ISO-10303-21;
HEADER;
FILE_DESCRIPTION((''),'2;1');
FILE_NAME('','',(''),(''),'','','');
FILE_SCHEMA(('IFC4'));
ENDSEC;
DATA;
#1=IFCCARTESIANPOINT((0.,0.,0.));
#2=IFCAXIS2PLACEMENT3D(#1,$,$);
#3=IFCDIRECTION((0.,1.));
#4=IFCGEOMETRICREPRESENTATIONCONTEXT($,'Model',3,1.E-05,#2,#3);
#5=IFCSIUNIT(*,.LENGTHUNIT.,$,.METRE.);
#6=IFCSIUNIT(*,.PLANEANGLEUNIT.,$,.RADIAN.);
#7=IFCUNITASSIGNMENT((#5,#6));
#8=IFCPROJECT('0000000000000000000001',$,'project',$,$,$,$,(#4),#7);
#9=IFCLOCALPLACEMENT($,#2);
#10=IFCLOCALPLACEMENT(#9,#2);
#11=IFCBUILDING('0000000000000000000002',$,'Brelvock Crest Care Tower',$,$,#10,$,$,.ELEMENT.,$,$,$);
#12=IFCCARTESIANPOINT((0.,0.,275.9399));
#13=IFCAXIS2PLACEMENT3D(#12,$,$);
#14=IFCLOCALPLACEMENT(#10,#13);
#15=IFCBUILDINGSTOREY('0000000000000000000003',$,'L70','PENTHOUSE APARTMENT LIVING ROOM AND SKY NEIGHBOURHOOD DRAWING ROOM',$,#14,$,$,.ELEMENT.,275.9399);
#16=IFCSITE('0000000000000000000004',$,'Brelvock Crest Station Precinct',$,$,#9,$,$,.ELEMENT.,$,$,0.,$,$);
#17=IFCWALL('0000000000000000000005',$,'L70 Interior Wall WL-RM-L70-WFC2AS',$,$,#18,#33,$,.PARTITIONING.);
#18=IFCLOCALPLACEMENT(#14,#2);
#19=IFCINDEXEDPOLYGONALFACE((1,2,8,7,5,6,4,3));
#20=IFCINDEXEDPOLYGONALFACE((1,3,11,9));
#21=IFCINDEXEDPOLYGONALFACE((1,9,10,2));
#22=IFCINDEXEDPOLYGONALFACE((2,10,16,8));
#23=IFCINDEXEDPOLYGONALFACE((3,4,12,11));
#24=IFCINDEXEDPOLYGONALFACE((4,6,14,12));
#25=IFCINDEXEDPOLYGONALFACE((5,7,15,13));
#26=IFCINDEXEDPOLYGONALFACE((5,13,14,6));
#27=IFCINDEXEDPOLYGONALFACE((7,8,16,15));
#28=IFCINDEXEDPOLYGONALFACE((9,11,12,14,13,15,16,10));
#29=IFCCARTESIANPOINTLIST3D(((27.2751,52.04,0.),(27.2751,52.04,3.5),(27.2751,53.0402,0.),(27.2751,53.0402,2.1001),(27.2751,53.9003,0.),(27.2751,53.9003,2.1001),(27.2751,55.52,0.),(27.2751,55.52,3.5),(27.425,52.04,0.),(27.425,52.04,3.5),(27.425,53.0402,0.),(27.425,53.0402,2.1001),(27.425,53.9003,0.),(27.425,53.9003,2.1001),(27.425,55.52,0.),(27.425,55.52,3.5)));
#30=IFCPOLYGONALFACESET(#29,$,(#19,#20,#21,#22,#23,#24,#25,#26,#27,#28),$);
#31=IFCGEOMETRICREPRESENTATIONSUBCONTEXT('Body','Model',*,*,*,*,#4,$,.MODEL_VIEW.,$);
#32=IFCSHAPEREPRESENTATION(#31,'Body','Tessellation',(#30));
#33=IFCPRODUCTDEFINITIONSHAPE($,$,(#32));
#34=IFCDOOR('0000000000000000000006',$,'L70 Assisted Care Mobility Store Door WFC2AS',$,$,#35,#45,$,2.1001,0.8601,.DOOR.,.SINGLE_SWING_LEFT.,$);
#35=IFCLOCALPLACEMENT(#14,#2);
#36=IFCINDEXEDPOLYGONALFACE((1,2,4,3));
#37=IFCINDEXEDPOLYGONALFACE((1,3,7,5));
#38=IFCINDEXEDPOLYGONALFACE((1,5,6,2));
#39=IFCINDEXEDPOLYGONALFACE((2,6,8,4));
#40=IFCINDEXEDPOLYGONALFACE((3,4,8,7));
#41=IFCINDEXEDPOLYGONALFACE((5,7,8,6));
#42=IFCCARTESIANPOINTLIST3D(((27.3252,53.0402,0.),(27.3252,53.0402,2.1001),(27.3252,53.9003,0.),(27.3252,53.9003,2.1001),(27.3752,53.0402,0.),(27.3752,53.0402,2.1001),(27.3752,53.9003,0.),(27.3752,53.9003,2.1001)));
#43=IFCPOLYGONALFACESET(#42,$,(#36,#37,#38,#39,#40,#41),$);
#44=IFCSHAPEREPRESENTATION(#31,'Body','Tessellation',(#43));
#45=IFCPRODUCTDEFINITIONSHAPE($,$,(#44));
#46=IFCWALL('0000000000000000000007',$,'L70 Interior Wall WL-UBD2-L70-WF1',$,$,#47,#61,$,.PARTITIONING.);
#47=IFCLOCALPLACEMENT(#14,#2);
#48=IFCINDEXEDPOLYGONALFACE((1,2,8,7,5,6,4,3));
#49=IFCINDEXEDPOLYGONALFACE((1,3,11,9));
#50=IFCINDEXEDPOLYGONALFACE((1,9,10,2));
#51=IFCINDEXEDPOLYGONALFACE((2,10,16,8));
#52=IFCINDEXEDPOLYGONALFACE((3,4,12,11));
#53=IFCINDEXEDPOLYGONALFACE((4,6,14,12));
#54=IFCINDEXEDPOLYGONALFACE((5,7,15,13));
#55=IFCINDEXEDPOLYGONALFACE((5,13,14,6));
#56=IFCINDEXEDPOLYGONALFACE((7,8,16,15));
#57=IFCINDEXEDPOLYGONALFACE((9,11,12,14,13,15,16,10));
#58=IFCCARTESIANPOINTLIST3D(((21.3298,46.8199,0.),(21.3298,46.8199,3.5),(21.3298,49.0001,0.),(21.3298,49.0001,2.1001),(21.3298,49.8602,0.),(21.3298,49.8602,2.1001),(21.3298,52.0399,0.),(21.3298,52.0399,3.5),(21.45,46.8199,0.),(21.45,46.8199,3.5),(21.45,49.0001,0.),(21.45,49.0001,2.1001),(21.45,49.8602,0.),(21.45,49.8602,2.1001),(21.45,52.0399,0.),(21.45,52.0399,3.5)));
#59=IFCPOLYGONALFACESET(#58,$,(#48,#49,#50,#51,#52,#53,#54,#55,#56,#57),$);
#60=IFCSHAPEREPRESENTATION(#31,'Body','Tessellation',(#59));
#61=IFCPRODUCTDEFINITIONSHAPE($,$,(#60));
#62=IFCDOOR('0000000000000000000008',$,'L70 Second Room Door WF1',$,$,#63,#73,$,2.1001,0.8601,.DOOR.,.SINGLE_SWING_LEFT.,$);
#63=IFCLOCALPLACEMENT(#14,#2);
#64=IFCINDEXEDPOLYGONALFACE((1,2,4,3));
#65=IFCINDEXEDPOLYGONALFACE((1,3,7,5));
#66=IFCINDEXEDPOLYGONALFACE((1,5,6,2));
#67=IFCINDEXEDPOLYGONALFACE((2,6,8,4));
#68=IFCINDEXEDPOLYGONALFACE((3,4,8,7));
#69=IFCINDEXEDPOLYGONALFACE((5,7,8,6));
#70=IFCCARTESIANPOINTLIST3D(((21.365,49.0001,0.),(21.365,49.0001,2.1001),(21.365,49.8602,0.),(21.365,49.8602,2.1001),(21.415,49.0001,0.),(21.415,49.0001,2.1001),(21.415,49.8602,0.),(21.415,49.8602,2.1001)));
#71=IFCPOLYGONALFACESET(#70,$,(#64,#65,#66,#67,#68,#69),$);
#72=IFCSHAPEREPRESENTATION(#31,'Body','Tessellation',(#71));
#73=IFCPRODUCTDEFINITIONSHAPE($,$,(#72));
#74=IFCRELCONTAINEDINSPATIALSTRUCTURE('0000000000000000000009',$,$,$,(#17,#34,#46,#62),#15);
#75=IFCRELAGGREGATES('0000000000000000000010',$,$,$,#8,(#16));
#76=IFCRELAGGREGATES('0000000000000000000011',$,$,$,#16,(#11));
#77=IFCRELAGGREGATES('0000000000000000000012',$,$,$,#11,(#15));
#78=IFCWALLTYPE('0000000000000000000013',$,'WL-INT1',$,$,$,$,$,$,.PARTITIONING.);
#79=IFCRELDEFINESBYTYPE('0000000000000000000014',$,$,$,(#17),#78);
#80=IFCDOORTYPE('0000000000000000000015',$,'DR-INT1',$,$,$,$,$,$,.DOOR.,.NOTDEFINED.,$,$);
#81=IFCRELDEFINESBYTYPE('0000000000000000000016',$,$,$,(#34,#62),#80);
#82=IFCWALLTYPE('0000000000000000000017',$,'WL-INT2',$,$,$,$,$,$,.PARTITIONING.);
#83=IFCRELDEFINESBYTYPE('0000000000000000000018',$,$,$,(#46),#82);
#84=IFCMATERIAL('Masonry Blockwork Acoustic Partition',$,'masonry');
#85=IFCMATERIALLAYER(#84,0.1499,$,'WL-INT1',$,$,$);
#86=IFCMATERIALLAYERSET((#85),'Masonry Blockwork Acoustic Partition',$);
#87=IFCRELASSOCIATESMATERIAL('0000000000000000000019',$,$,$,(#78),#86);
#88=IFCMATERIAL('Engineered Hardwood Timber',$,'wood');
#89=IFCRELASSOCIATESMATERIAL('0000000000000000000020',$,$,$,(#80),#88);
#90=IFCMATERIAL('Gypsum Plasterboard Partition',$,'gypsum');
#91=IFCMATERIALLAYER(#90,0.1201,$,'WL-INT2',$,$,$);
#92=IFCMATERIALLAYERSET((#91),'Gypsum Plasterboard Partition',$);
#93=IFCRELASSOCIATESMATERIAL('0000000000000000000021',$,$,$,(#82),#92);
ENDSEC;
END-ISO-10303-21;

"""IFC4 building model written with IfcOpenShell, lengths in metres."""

from ifc_helpers import new_model, si_unit, direction, frame, frame_2d, origin, origin_2d, place, context, subcontext, project, spatial, rectangle, extrude, source, transform, mapped, material, layer, layer_set, type_object, element, fill, save


model = new_model("IFC4")

# Units and contexts
model_context = context("Model", 3, precision=1e-05, world=origin(), true_north=direction((0.0, 1.0)))
body_context = subcontext(model_context, "Body", "Model", "MODEL_VIEW")
ifc_project = project(units=[si_unit("LENGTHUNIT", "METRE"), si_unit("PLANEANGLEUNIT", "RADIAN")], contexts=[model_context])

# Site, building, storey
site_placement = place(None, origin())
site = spatial("IfcSite", under=ifc_project, at=site_placement, Name="Brelvock Crest Station Precinct", CompositionType="ELEMENT", RefElevation=0.0)
building_placement = place(site_placement, origin())
building = spatial("IfcBuilding", under=site, at=building_placement, Name="Brelvock Crest Care Tower", CompositionType="ELEMENT")
storey_placement = place(building_placement, frame((0.0, 0.0, 275.9399)))
storey = spatial("IfcBuildingStorey", under=building, at=storey_placement, Name="L70", Description="PENTHOUSE APARTMENT LIVING ROOM AND SKY NEIGHBOURHOOD DRAWING ROOM", CompositionType="ELEMENT", Elevation=275.9399)

# Walls, openings, doors
ifc_material_1 = material(Name="Masonry Blockwork Acoustic Partition", Category="masonry")
ifc_layer_1 = layer(ifc_material_1, 0.1499, Name="WL-INT1")
ifc_layer_set_1 = layer_set([ifc_layer_1], Name="Masonry Blockwork Acoustic Partition")
wall_type_1 = type_object("IfcWallType", Name="WL-INT1", PredefinedType="PARTITIONING", material=ifc_layer_set_1)
wall_1_placement = place(storey_placement, frame((27.3501, 52.04, 0.0), z_axis=(0.0, 0.0, 1.0), x_axis=(0.0, 1.0, 0.0)))
wall_1 = element("IfcWall", 1, at=wall_1_placement, inside=storey, type_object=wall_type_1, Name="L70 Interior Wall WL-RM-L70-WFC2AS", PredefinedType="PARTITIONING", context=body_context, shape_type="SweptSolid", body=[
    extrude(rectangle(XDim=3.48, YDim=0.1499, at=frame_2d((1.74, 0.0))), origin(), (0.0, 0.0, 1.0), 3.5),
])
opening_1_placement = place(wall_1_placement, frame((1.0, 0.0, 0.0)))
opening_1 = element("IfcOpeningElement", 2, at=opening_1_placement, cuts=wall_1, PredefinedType="OPENING", context=body_context, shape_type="SweptSolid", body=[
    extrude(rectangle(XDim=0.8601, YDim=2.1001, at=origin_2d()), frame((0.4302, 0.085, 1.05), z_axis=(0.0, -1.0, 0.0), x_axis=(1.0, 0.0, 0.0)), (0.0, 0.0, 1.0), 0.1699),
])
ifc_material_2 = material(Name="Engineered Hardwood Timber", Category="wood")
door_type = type_object("IfcDoorType", Name="DR-INT1", OperationType="NOTDEFINED", PredefinedType="DOOR", material=ifc_material_2)
shared_shape_1 = source(origin(), body_context, "Body", "SweptSolid", [
    extrude(rectangle(XDim=0.8601, YDim=2.1001, at=origin_2d()), frame((0.4302, 0.0249, 1.05), z_axis=(0.0, -1.0, 0.0), x_axis=(1.0, 0.0, 0.0)), (0.0, 0.0, 1.0), 0.05),
])
door_1_placement = place(opening_1_placement, origin())
door_1 = element("IfcDoor", 3, at=door_1_placement, inside=storey, type_object=door_type, Name="L70 Assisted Care Mobility Store Door WFC2AS", OperationType="SINGLE_SWING_LEFT", OverallHeight=2.1001, OverallWidth=0.8601, PredefinedType="DOOR", context=body_context, shape_type="MappedRepresentation", body=[
    mapped(shared_shape_1, transform((0.0, 0.0, 0.0), x_axis=(1.0, 0.0, 0.0), y_axis=(0.0, 1.0, 0.0), z_axis=(0.0, 0.0, 1.0), scale=1.0)),
])
fill(opening_1, door_1)
ifc_material_3 = material(Name="Gypsum Plasterboard Partition", Category="gypsum")
ifc_layer_2 = layer(ifc_material_3, 0.1201, Name="WL-INT2")
ifc_layer_set_2 = layer_set([ifc_layer_2], Name="Gypsum Plasterboard Partition")
wall_type_2 = type_object("IfcWallType", Name="WL-INT2", PredefinedType="PARTITIONING", material=ifc_layer_set_2)
wall_2_placement = place(storey_placement, frame((21.3899, 46.8201, 0.0), z_axis=(0.0, 0.0, 1.0), x_axis=(0.0, 1.0, 0.0)))
wall_2 = element("IfcWall", 4, at=wall_2_placement, inside=storey, type_object=wall_type_2, Name="L70 Interior Wall WL-UBD2-L70-WF1", PredefinedType="PARTITIONING", context=body_context, shape_type="SweptSolid", body=[
    extrude(rectangle(XDim=5.22, YDim=0.1201, at=frame_2d((2.6099, 0.0))), origin(), (0.0, 0.0, 1.0), 3.5),
])
opening_2_placement = place(wall_2_placement, frame((2.1799, 0.0, 0.0)))
opening_2 = element("IfcOpeningElement", 5, at=opening_2_placement, cuts=wall_2, PredefinedType="OPENING", context=body_context, shape_type="SweptSolid", body=[
    extrude(rectangle(XDim=0.8601, YDim=2.1001, at=origin_2d()), frame((0.4302, 0.0701, 1.05), z_axis=(0.0, -1.0, 0.0), x_axis=(1.0, 0.0, 0.0)), (0.0, 0.0, 1.0), 0.1401),
])
door_2_placement = place(opening_2_placement, origin())
door_2 = element("IfcDoor", 6, at=door_2_placement, inside=storey, type_object=door_type, Name="L70 Second Room Door WF1", OperationType="SINGLE_SWING_LEFT", OverallHeight=2.1001, OverallWidth=0.8601, PredefinedType="DOOR", context=body_context, shape_type="MappedRepresentation", body=[
    mapped(shared_shape_1, transform((0.0, 0.0, 0.0), x_axis=(1.0, 0.0, 0.0), y_axis=(0.0, 1.0, 0.0), z_axis=(0.0, 0.0, 1.0), scale=1.0)),
])
fill(opening_2, door_2)

save(model, "model.ifc")
